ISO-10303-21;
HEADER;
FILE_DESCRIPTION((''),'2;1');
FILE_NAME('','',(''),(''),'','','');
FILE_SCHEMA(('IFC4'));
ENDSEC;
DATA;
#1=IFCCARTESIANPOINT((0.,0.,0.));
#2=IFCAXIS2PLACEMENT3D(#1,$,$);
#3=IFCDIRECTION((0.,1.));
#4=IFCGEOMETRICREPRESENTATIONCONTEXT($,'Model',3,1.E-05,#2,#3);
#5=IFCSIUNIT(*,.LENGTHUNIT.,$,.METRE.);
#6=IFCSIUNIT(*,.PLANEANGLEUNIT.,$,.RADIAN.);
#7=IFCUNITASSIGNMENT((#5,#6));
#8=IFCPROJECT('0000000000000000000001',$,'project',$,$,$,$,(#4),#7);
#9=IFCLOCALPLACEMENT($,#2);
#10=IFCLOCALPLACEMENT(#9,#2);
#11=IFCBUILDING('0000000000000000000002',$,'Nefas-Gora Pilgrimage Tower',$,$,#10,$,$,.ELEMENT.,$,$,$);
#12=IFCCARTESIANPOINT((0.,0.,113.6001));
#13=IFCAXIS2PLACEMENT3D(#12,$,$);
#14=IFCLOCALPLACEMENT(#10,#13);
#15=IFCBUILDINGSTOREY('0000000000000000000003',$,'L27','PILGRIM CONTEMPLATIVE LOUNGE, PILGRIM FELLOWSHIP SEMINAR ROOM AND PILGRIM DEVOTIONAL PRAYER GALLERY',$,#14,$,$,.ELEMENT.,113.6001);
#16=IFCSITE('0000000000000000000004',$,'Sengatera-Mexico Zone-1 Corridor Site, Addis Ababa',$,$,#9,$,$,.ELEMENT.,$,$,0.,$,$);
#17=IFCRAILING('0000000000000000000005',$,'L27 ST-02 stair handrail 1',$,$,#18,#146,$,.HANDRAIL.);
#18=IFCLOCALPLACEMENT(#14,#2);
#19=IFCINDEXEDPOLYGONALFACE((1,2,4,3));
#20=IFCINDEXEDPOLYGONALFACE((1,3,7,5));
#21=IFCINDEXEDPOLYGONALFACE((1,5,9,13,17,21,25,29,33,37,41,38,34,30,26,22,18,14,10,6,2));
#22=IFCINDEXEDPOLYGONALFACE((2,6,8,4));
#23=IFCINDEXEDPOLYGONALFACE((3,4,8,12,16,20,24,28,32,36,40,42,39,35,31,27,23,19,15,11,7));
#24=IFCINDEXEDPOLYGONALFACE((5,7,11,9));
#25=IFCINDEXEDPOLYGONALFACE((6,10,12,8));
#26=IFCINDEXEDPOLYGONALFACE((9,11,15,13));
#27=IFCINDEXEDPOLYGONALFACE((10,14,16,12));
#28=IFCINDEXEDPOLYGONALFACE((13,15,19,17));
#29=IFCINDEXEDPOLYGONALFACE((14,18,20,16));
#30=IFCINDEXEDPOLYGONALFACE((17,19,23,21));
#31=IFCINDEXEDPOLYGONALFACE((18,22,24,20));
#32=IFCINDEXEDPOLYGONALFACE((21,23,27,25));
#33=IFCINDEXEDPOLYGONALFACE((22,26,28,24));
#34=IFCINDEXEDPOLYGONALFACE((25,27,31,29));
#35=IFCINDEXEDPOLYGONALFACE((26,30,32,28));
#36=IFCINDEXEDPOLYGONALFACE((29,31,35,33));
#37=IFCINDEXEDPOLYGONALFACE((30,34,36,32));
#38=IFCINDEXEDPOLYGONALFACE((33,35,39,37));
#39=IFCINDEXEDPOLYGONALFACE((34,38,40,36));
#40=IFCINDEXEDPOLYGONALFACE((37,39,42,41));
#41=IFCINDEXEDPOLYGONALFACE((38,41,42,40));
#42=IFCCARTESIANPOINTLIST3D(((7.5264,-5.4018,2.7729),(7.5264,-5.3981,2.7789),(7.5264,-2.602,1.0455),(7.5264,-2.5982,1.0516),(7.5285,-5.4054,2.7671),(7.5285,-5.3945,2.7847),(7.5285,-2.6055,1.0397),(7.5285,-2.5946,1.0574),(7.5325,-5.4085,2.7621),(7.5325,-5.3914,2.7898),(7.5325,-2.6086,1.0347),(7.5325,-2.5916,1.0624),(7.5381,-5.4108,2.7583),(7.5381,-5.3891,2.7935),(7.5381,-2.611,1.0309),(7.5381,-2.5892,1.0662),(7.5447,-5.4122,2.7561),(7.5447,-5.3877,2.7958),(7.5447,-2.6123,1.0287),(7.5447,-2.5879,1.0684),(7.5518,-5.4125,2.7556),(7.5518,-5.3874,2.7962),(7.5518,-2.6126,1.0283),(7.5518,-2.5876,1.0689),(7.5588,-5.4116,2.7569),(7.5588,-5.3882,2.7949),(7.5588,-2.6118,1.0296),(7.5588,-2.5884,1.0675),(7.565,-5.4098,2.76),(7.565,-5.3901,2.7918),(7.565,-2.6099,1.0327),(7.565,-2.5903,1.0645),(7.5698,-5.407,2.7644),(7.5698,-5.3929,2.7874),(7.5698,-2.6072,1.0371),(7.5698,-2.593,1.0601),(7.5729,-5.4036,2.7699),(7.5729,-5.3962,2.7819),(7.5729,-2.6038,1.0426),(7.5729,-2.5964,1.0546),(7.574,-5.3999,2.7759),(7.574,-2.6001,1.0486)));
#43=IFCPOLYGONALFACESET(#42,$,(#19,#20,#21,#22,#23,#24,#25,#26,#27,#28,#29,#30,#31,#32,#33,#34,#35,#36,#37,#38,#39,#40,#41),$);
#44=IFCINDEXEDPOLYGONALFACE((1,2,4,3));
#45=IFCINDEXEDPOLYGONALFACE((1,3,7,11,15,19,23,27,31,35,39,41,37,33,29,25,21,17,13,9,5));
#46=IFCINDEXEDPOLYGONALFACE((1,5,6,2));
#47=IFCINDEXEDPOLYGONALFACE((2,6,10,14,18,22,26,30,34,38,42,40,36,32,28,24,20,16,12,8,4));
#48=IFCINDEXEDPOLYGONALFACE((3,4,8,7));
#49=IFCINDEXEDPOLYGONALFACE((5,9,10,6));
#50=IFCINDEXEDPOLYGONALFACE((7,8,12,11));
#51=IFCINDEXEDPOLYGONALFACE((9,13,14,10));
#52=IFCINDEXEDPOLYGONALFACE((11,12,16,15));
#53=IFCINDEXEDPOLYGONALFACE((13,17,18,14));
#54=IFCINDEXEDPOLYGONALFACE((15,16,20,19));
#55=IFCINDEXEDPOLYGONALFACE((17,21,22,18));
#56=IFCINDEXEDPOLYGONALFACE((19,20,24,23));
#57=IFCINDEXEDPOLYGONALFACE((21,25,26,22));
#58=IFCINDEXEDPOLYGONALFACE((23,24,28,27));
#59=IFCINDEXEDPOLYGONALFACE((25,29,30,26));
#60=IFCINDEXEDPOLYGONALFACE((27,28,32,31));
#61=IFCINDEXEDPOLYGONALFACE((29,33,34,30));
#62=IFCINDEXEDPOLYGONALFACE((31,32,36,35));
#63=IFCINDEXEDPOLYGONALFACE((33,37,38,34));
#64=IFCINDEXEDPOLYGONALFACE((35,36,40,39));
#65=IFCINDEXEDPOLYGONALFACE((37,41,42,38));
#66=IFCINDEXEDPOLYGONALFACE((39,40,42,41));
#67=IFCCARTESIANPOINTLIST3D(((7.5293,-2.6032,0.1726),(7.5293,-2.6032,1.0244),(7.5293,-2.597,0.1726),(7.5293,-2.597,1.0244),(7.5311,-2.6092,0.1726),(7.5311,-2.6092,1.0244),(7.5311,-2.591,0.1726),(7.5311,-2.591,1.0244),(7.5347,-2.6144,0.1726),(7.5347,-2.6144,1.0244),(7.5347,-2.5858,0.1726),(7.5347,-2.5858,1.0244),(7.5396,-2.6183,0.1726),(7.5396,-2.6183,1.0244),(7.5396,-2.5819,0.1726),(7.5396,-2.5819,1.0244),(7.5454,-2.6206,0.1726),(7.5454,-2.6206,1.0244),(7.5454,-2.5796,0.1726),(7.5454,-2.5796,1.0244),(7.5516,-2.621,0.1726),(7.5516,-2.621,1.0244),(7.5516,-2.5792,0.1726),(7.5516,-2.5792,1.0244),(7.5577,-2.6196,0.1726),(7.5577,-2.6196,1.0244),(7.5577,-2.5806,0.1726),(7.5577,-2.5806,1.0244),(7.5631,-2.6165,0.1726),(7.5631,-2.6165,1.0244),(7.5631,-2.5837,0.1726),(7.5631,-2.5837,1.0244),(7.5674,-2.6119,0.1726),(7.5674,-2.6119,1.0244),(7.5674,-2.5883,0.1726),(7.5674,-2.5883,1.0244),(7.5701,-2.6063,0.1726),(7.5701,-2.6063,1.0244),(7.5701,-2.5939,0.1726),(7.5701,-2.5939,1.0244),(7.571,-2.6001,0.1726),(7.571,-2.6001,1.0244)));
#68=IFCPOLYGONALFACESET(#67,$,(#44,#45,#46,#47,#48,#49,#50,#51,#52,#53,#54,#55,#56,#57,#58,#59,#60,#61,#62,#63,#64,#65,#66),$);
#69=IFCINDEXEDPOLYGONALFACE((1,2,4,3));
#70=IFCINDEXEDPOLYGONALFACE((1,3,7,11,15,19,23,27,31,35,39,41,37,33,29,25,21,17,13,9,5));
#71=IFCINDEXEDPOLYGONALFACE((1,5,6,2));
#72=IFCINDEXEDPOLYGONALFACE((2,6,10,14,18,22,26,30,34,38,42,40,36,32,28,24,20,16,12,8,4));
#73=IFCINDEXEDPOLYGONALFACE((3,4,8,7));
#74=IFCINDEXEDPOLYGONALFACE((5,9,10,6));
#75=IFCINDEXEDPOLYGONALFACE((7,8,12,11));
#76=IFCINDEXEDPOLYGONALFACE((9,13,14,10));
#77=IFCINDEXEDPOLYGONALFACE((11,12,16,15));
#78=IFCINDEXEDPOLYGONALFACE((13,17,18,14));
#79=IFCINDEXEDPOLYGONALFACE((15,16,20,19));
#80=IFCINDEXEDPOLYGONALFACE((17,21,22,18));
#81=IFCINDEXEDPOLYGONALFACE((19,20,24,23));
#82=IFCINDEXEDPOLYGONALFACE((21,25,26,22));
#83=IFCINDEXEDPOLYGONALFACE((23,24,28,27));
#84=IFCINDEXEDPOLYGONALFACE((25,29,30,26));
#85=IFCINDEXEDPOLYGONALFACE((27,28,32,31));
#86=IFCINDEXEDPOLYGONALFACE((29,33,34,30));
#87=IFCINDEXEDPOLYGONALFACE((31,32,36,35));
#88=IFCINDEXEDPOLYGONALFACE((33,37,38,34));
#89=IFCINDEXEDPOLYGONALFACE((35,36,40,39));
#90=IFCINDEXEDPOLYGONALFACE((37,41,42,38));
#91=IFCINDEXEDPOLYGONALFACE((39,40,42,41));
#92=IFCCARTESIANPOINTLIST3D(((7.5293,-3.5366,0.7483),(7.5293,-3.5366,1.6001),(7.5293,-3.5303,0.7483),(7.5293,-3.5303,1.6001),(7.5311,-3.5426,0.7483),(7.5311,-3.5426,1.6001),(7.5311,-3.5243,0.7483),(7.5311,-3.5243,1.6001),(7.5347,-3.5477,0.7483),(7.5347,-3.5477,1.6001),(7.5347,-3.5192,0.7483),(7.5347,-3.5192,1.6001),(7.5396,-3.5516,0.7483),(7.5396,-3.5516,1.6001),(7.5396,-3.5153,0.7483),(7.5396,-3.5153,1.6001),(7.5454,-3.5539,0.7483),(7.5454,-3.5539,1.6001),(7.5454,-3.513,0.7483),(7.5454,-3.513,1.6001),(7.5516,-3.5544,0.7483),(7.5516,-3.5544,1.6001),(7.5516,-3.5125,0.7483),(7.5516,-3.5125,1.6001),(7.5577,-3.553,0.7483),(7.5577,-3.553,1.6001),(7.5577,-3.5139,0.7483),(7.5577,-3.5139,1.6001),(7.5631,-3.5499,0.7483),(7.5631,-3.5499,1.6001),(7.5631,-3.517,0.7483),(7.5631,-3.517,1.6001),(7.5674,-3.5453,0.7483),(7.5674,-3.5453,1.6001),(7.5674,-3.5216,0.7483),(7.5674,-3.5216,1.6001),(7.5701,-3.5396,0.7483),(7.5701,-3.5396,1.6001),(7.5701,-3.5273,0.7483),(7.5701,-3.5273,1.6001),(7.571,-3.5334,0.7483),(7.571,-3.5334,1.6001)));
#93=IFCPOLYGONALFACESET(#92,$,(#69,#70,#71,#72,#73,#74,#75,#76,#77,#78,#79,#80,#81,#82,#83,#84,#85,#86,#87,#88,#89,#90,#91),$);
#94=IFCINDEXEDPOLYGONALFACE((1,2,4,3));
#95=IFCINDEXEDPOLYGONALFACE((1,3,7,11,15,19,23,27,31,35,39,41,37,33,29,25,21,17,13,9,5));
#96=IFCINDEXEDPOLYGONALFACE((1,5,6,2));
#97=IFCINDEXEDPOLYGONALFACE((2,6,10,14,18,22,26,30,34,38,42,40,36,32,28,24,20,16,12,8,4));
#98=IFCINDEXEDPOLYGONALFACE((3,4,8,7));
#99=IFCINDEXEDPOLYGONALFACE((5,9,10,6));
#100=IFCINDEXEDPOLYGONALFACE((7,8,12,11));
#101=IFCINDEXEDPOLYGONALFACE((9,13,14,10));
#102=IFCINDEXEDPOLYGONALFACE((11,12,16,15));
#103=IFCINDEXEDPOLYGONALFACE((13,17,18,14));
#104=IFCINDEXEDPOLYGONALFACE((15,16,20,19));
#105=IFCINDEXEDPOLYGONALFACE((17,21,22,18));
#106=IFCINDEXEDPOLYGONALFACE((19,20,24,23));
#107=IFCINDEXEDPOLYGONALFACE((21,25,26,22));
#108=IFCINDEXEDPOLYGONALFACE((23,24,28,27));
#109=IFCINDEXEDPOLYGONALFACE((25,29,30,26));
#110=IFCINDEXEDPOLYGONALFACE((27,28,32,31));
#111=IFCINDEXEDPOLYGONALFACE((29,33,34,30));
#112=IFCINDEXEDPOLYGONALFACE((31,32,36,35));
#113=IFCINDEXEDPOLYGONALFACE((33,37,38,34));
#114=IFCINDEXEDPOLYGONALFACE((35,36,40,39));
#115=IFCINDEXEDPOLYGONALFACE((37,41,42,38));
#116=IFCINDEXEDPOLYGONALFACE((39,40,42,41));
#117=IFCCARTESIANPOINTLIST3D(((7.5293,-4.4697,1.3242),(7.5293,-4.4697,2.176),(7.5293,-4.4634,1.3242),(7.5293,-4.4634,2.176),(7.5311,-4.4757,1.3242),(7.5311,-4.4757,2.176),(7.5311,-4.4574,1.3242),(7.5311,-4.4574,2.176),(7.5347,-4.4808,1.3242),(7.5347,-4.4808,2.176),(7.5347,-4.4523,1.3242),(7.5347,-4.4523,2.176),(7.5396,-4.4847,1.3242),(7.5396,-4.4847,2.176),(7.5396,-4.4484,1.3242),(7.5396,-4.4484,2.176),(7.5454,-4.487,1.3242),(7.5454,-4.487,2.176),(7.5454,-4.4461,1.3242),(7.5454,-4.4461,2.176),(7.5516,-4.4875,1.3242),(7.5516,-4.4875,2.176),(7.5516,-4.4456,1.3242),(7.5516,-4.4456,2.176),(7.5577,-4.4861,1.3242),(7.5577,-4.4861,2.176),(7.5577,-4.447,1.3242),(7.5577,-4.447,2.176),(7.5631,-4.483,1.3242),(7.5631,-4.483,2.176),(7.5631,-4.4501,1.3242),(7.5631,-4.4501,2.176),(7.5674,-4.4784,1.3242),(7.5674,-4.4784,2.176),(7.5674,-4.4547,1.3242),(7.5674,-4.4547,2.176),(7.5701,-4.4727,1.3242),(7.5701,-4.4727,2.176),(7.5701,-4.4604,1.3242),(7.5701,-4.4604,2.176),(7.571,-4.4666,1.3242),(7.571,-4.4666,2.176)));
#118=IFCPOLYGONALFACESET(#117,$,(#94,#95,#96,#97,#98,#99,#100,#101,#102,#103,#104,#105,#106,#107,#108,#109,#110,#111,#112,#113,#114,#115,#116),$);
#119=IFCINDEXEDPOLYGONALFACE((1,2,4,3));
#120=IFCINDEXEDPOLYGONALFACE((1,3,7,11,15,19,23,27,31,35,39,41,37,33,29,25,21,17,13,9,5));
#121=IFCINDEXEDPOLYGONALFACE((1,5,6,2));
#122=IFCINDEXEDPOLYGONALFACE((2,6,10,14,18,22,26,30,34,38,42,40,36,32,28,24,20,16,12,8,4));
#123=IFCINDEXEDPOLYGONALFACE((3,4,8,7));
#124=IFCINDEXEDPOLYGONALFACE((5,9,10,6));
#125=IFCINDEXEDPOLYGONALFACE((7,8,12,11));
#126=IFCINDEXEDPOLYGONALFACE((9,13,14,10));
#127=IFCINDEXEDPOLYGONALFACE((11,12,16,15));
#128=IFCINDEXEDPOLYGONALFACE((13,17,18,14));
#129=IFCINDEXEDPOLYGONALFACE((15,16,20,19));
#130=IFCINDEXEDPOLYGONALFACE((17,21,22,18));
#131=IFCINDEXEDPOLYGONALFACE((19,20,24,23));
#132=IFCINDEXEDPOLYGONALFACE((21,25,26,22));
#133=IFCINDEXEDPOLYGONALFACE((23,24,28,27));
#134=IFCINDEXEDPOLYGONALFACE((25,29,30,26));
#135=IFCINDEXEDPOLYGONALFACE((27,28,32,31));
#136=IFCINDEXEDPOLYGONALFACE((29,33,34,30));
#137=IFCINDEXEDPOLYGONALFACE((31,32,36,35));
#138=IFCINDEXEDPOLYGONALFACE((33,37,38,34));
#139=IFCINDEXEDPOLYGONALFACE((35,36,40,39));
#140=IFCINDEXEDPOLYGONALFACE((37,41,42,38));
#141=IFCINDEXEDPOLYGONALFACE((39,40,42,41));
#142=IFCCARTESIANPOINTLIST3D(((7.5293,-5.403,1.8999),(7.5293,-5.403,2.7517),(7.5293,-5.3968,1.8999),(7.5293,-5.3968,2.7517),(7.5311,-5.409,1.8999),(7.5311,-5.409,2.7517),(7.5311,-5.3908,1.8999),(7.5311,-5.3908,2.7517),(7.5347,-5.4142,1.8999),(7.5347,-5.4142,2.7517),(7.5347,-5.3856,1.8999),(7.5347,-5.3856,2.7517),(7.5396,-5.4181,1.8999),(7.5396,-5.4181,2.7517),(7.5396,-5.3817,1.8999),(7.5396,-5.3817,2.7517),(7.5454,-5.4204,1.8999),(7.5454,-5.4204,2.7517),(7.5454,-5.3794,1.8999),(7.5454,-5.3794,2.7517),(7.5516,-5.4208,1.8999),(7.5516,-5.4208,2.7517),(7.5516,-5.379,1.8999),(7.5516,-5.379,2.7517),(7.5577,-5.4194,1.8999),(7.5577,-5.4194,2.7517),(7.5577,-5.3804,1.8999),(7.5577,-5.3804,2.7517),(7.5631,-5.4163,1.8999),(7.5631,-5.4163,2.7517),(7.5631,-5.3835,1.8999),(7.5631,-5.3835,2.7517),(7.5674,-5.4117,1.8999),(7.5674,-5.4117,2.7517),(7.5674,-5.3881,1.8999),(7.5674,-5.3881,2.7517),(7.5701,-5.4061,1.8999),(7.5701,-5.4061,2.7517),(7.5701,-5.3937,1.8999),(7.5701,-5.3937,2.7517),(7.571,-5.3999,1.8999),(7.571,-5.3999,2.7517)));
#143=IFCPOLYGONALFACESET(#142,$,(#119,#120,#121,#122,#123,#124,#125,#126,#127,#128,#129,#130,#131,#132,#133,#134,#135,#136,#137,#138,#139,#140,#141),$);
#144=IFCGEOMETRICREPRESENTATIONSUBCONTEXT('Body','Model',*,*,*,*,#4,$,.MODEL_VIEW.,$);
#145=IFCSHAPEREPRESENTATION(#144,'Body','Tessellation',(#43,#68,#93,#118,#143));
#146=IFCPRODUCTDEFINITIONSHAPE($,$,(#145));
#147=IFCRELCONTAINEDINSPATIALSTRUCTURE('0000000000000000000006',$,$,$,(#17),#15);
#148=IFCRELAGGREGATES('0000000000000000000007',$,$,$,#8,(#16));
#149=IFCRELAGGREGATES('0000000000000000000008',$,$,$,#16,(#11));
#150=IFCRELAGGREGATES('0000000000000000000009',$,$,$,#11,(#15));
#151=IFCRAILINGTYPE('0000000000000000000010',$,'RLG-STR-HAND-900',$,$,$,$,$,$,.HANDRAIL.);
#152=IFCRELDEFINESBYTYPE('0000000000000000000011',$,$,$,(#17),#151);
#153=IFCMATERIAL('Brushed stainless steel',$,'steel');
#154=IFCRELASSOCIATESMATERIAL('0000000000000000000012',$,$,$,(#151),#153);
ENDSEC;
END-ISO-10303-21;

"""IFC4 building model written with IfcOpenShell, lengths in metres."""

from ifc_helpers import new_model, si_unit, direction, frame, origin, origin_2d, place, context, subcontext, project, spatial, circle, extrude, material, type_object, element, save


model = new_model("IFC4")

# Units and contexts
model_context = context("Model", 3, precision=1e-05, world=origin(), true_north=direction((0.0, 1.0)))
body_context = subcontext(model_context, "Body", "Model", "MODEL_VIEW")
ifc_project = project(units=[si_unit("LENGTHUNIT", "METRE"), si_unit("PLANEANGLEUNIT", "RADIAN")], contexts=[model_context])

# Site, building, storey
site_placement = place(None, origin())
site = spatial("IfcSite", under=ifc_project, at=site_placement, Name="Sengatera-Mexico Zone-1 Corridor Site, Addis Ababa", CompositionType="ELEMENT", RefElevation=0.0)
building_placement = place(site_placement, origin())
building = spatial("IfcBuilding", under=site, at=building_placement, Name="Nefas-Gora Pilgrimage Tower", CompositionType="ELEMENT")
storey_placement = place(building_placement, frame((0.0, 0.0, 113.6001)))
storey = spatial("IfcBuildingStorey", under=building, at=storey_placement, Name="L27", Description="PILGRIM CONTEMPLATIVE LOUNGE, PILGRIM FELLOWSHIP SEMINAR ROOM AND PILGRIM DEVOTIONAL PRAYER GALLERY", CompositionType="ELEMENT", Elevation=113.6001)

# Railing
ifc_material_1 = material(Name="Brushed stainless steel", Category="steel")
railing_type = type_object("IfcRailingType", Name="RLG-STR-HAND-900", PredefinedType="HANDRAIL", material=ifc_material_1)
railing_placement = place(storey_placement, frame((7.55, -2.6001, 0.1726)))
element("IfcRailing", 1, at=railing_placement, inside=storey, type_object=railing_type, Name="L27 ST-02 stair handrail 1", PredefinedType="HANDRAIL", context=body_context, shape_type="SweptSolid", body=[
    extrude(circle(Radius=0.0239, at=origin_2d()), frame((0.0, 0.0, 0.876), z_axis=(0.0, -0.851069, 0.525054), x_axis=(1.0, 0.0, 0.0)), (0.0, 0.0, 1.0), 3.2898),
    extrude(circle(Radius=0.021, at=origin_2d()), origin(), (0.0, 0.0, 1.0), 0.8518),
    extrude(circle(Radius=0.021, at=origin_2d()), frame((0.0, -0.9333, 0.5757)), (0.0, 0.0, 1.0), 0.8518),
    extrude(circle(Radius=0.021, at=origin_2d()), frame((0.0, -1.8665, 1.1516)), (0.0, 0.0, 1.0), 0.8518),
    extrude(circle(Radius=0.021, at=origin_2d()), frame((0.0, -2.7998, 1.7273)), (0.0, 0.0, 1.0), 0.8518),
])

save(model, "model.ifc")
